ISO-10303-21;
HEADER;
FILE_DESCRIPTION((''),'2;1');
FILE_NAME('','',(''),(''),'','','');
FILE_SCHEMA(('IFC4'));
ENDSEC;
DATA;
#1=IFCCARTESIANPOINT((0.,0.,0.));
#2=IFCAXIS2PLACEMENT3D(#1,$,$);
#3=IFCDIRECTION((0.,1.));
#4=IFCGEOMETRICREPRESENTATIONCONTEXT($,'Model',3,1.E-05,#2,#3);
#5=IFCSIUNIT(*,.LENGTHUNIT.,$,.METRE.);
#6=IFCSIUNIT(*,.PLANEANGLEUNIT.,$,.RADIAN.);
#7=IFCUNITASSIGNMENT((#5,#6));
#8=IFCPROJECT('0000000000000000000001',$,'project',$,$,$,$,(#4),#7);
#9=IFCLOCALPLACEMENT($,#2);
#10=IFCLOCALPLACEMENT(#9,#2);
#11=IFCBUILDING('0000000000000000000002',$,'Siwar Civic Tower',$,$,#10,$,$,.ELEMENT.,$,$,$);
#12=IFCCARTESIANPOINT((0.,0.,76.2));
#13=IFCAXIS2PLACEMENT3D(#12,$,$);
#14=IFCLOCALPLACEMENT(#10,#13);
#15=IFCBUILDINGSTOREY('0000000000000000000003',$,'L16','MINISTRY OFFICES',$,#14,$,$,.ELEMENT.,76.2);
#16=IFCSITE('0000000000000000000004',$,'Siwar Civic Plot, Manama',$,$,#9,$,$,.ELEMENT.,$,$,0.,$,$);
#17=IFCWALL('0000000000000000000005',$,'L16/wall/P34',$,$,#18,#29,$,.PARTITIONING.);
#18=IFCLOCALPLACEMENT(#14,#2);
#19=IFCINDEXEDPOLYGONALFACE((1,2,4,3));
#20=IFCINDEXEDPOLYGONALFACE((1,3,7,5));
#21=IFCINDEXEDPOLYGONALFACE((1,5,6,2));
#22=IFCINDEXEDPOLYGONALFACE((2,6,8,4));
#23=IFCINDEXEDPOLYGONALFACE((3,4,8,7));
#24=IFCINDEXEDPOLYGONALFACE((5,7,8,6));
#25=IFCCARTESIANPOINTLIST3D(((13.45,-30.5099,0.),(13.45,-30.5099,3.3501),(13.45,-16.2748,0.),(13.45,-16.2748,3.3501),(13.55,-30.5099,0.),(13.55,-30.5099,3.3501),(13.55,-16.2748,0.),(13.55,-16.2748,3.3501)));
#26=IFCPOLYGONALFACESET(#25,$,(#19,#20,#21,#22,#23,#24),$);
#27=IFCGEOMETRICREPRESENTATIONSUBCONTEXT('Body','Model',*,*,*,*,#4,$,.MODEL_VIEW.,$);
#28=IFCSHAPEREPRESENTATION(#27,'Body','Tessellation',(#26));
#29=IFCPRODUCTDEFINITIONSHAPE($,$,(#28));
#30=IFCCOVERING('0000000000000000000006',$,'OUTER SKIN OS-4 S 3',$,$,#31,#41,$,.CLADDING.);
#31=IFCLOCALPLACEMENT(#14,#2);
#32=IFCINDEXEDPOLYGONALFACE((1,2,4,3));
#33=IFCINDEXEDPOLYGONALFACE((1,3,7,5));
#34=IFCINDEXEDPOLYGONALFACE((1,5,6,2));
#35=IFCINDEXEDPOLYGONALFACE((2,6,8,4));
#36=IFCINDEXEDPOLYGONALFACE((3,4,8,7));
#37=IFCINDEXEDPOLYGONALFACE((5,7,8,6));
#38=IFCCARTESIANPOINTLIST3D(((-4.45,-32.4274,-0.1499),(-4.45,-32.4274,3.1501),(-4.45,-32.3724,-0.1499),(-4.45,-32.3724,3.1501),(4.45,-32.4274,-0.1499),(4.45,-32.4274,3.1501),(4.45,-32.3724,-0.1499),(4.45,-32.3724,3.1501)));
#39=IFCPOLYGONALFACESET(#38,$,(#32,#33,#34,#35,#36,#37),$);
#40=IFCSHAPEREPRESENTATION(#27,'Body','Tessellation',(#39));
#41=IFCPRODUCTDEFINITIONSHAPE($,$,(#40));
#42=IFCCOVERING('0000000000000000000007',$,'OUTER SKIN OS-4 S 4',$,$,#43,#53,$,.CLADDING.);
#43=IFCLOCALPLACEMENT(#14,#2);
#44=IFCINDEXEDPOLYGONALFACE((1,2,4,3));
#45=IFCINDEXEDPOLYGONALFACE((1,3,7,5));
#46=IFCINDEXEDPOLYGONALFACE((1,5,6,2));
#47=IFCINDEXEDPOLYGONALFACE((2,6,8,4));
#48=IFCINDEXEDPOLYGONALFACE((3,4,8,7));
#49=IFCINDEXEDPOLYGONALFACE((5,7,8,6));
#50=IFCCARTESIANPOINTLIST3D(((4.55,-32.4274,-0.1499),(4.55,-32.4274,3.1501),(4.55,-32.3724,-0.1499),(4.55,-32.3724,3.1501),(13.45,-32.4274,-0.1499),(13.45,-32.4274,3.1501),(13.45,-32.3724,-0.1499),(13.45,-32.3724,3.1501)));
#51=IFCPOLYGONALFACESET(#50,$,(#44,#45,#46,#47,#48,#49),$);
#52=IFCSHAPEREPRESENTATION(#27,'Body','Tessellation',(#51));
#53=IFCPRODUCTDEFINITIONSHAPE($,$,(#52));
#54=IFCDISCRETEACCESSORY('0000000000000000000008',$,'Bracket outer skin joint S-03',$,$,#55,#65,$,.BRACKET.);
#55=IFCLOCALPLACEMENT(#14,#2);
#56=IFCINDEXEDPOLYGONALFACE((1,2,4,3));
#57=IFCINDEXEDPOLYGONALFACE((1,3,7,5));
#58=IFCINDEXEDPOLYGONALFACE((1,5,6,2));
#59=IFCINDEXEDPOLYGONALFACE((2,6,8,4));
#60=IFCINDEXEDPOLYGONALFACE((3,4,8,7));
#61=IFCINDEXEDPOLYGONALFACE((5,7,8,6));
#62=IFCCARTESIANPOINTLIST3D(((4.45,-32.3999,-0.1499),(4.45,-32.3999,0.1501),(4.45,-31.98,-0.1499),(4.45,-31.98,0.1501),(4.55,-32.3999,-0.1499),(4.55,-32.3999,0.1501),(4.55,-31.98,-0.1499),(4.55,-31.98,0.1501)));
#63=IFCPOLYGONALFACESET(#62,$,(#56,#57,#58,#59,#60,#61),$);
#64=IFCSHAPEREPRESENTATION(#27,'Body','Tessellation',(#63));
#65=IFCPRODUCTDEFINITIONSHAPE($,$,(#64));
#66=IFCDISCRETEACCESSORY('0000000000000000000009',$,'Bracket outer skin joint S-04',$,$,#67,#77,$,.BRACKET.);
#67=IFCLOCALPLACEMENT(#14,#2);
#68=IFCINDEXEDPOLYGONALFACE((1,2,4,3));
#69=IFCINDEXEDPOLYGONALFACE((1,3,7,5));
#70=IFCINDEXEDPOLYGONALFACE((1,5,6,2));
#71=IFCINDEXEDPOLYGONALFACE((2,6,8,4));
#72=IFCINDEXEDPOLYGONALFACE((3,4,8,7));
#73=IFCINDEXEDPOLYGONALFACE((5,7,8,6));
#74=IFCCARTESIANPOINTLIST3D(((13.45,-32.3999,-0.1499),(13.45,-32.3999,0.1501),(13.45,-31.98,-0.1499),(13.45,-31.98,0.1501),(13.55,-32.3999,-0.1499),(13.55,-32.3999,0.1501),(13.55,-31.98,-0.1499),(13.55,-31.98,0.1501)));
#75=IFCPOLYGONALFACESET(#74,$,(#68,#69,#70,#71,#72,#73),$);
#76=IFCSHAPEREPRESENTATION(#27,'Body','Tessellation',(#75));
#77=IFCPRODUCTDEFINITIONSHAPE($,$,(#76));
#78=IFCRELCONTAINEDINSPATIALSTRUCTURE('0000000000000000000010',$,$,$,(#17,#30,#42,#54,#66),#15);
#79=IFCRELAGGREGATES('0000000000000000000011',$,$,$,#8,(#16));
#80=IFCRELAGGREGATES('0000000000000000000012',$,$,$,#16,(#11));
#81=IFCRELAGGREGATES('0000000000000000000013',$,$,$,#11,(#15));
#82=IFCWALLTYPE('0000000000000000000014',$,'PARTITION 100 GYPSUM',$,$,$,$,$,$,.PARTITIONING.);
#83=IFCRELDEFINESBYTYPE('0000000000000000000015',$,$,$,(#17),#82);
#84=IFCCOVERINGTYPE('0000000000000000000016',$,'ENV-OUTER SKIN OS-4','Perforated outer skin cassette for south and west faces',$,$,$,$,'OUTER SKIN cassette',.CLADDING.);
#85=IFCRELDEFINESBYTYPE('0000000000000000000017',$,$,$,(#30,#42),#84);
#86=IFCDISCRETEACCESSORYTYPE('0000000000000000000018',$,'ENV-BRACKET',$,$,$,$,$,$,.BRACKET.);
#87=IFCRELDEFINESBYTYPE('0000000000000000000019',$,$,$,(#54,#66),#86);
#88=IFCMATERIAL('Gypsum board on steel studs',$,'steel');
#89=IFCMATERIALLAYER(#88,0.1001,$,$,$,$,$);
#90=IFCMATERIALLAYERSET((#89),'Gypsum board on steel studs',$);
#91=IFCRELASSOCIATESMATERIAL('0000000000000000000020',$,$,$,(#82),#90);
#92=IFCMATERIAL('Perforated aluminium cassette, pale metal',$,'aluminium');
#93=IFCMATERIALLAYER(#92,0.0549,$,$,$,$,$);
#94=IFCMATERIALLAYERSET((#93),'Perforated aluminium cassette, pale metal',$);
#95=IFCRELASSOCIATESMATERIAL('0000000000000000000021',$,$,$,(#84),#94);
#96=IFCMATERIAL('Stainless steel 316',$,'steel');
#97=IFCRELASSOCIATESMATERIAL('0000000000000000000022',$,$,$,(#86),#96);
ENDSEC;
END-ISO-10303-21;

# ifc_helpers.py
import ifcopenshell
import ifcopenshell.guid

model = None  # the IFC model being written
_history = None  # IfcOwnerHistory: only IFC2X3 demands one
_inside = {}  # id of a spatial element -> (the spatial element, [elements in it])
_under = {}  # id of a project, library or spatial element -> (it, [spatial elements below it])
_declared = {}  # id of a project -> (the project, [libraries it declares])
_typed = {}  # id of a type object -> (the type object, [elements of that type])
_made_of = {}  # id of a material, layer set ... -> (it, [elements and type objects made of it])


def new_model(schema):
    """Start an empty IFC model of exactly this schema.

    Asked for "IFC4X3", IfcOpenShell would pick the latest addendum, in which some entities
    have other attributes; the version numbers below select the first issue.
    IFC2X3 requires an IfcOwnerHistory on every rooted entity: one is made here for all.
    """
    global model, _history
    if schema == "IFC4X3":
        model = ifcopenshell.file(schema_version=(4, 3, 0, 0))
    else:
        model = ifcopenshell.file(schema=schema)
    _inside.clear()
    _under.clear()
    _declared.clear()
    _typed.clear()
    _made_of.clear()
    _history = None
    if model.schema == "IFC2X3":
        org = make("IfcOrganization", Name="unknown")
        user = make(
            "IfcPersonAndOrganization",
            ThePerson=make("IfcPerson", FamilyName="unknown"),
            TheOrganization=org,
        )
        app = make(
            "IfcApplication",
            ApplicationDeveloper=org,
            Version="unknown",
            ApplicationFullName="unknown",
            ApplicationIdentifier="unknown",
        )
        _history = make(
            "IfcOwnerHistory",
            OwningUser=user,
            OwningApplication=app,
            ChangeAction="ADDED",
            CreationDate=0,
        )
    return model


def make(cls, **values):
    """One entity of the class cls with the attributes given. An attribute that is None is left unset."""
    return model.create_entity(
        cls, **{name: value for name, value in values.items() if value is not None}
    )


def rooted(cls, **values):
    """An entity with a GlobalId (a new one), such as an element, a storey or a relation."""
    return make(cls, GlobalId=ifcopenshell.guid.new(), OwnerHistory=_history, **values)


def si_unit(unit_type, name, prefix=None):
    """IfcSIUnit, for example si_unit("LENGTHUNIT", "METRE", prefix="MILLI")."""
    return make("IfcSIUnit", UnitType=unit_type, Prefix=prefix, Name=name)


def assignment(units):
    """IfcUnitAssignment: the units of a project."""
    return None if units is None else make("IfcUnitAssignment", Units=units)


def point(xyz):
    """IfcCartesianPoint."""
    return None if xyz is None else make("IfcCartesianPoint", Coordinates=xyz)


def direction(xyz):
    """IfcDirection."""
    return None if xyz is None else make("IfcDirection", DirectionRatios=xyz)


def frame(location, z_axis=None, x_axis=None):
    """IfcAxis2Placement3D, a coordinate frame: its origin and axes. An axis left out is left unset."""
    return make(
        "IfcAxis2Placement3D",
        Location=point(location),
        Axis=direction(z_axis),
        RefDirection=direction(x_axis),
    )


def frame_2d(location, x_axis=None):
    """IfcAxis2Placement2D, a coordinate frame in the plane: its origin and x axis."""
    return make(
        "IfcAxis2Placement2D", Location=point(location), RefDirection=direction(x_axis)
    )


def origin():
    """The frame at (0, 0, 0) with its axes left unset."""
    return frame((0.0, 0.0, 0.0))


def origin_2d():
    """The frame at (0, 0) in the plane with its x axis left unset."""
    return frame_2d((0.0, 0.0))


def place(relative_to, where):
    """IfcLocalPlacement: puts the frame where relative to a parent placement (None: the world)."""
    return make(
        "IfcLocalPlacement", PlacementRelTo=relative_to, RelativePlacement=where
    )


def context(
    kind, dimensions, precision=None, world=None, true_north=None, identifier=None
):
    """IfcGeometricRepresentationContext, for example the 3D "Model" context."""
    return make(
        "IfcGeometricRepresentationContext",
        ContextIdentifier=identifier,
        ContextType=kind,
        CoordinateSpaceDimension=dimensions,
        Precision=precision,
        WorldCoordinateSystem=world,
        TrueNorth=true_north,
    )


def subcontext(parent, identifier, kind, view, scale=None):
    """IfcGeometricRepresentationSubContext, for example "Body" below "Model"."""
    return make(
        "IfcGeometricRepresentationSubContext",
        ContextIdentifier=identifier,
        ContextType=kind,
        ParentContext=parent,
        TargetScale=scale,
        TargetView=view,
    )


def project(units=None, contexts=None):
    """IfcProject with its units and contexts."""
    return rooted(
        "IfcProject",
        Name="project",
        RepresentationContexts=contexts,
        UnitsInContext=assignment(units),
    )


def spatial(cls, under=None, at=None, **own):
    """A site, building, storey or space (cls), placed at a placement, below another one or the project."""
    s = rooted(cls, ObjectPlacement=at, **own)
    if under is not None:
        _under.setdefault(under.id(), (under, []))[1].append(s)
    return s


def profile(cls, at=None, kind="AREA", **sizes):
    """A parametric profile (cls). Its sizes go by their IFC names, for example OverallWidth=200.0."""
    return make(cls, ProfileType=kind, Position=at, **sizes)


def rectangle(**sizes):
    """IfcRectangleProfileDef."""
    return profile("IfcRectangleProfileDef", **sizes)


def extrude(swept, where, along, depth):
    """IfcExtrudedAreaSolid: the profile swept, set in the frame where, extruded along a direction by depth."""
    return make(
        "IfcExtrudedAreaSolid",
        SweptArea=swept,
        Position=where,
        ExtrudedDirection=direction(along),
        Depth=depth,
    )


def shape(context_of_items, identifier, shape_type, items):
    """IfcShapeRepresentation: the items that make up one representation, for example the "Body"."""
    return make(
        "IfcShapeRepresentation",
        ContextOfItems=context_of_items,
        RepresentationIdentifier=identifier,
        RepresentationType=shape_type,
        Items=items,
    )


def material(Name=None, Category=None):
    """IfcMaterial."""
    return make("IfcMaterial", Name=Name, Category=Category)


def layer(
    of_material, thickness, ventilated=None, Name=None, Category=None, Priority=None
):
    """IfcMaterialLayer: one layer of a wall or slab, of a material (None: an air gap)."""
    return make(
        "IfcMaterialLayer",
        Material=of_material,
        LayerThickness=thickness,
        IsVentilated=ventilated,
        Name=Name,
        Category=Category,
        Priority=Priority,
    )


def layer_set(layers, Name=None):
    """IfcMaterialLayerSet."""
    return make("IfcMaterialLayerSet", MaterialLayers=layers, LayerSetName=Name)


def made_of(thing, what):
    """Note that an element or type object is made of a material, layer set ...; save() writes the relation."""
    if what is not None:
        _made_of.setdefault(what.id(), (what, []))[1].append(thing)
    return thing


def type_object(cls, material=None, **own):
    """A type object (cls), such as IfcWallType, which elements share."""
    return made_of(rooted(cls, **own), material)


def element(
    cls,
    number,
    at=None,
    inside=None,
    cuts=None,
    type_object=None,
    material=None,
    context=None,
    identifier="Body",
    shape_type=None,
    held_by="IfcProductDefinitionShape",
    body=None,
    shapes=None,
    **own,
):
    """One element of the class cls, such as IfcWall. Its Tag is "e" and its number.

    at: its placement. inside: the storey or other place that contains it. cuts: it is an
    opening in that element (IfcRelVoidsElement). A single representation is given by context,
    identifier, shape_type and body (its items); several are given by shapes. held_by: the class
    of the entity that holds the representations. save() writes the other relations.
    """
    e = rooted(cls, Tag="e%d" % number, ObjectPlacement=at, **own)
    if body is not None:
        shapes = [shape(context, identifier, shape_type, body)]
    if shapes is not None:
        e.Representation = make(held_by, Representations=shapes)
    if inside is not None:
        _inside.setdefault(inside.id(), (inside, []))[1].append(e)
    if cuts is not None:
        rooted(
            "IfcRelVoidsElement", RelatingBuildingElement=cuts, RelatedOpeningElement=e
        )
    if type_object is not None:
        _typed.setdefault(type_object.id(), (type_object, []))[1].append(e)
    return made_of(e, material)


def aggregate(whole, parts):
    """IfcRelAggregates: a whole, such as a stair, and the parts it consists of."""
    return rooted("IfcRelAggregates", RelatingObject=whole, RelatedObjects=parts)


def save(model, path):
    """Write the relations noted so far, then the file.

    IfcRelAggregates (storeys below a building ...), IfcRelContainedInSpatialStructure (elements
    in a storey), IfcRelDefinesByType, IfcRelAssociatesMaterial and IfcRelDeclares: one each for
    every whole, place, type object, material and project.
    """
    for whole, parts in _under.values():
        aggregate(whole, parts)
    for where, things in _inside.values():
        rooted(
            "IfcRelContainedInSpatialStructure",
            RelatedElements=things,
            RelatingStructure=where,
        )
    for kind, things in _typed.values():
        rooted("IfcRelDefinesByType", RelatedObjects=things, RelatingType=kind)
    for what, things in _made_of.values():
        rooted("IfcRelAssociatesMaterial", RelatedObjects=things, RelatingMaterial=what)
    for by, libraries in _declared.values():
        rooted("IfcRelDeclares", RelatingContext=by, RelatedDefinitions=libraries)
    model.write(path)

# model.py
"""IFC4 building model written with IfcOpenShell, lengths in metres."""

from ifc_helpers import new_model, si_unit, direction, frame, frame_2d, origin, origin_2d, place, context, subcontext, project, spatial, rectangle, extrude, material, layer, layer_set, type_object, element, save


model = new_model("IFC4")

# Units and contexts
model_context = context("Model", 3, precision=1e-05, world=origin(), true_north=direction((0.0, 1.0)))
body_context = subcontext(model_context, "Body", "Model", "MODEL_VIEW")
ifc_project = project(units=[si_unit("LENGTHUNIT", "METRE"), si_unit("PLANEANGLEUNIT", "RADIAN")], contexts=[model_context])

# Site, building, storey
site_placement = place(None, origin())
site = spatial("IfcSite", under=ifc_project, at=site_placement, Name="Siwar Civic Plot, Manama", CompositionType="ELEMENT", RefElevation=0.0)
building_placement = place(site_placement, origin())
building = spatial("IfcBuilding", under=site, at=building_placement, Name="Siwar Civic Tower", CompositionType="ELEMENT")
storey_placement = place(building_placement, frame((0.0, 0.0, 76.2)))
storey = spatial("IfcBuildingStorey", under=building, at=storey_placement, Name="L16", Description="MINISTRY OFFICES", CompositionType="ELEMENT", Elevation=76.2)

# Shared definitions
ifc_material_1 = material(Name="Gypsum board on steel studs", Category="steel")
ifc_layer_1 = layer(ifc_material_1, 0.1001)
ifc_layer_set_1 = layer_set([ifc_layer_1], Name="Gypsum board on steel studs")
wall_type = type_object("IfcWallType", Name="PARTITION 100 GYPSUM", PredefinedType="PARTITIONING", material=ifc_layer_set_1)

# Wall
for number, where, z_axis, x_axis, name in (
    (1, (13.5, -30.51, 0.0), (0.0, 0.0, 1.0), (0.0, 1.0, 0.0), "L16/wall/P34"),
):
    element("IfcWall", number, at=place(storey_placement, frame(where, z_axis=z_axis, x_axis=x_axis)), inside=storey, type_object=wall_type, Name=name, PredefinedType="PARTITIONING", context=body_context, shape_type="SweptSolid", body=[
        extrude(rectangle(XDim=14.2351, YDim=0.1001, at=frame_2d((7.1177, 0.0))), origin(), (0.0, 0.0, 1.0), 3.3501),
    ])

# Coverings
ifc_material_2 = material(Name="Perforated aluminium cassette, pale metal", Category="aluminium")
ifc_layer_2 = layer(ifc_material_2, 0.0549)
ifc_layer_set_2 = layer_set([ifc_layer_2], Name="Perforated aluminium cassette, pale metal")
covering_type = type_object("IfcCoveringType", Name="ENV-OUTER SKIN OS-4", Description="Perforated outer skin cassette for south and west faces", ElementType="OUTER SKIN cassette", PredefinedType="CLADDING", material=ifc_layer_set_2)
for number, where, z_axis, x_axis, name in (
    (2, (0.0, -32.3999, -0.1499), (0.0, 0.0, 1.0), (1.0, 0.0, 0.0), "OUTER SKIN OS-4 S 3"),
    (3, (9.0, -32.3999, -0.1499), (0.0, 0.0, 1.0), (1.0, 0.0, 0.0), "OUTER SKIN OS-4 S 4"),
):
    element("IfcCovering", number, at=place(storey_placement, frame(where, z_axis=z_axis, x_axis=x_axis)), inside=storey, type_object=covering_type, Name=name, PredefinedType="CLADDING", context=body_context, shape_type="SweptSolid", body=[
        extrude(rectangle(XDim=8.8999, YDim=0.0549, at=origin_2d()), origin(), (0.0, 0.0, 1.0), 3.3),
    ])

# Discrete accessories
ifc_material_3 = material(Name="Stainless steel 316", Category="steel")
discrete_accessory_type = type_object("IfcDiscreteAccessoryType", Name="ENV-BRACKET", PredefinedType="BRACKET", material=ifc_material_3)
for number, where, z_axis, x_axis, name in (
    (4, (4.5, -32.1899, -0.1499), (0.0, 0.0, 1.0), (0.0, -1.0, 0.0), "Bracket outer skin joint S-03"),
    (5, (13.5, -32.1899, -0.1499), (0.0, 0.0, 1.0), (0.0, -1.0, 0.0), "Bracket outer skin joint S-04"),
):
    element("IfcDiscreteAccessory", number, at=place(storey_placement, frame(where, z_axis=z_axis, x_axis=x_axis)), inside=storey, type_object=discrete_accessory_type, Name=name, PredefinedType="BRACKET", context=body_context, shape_type="SweptSolid", body=[
        extrude(rectangle(XDim=0.4199, YDim=0.1001, at=origin_2d()), origin(), (0.0, 0.0, 1.0), 0.3),
    ])

save(model, "model.ifc")
